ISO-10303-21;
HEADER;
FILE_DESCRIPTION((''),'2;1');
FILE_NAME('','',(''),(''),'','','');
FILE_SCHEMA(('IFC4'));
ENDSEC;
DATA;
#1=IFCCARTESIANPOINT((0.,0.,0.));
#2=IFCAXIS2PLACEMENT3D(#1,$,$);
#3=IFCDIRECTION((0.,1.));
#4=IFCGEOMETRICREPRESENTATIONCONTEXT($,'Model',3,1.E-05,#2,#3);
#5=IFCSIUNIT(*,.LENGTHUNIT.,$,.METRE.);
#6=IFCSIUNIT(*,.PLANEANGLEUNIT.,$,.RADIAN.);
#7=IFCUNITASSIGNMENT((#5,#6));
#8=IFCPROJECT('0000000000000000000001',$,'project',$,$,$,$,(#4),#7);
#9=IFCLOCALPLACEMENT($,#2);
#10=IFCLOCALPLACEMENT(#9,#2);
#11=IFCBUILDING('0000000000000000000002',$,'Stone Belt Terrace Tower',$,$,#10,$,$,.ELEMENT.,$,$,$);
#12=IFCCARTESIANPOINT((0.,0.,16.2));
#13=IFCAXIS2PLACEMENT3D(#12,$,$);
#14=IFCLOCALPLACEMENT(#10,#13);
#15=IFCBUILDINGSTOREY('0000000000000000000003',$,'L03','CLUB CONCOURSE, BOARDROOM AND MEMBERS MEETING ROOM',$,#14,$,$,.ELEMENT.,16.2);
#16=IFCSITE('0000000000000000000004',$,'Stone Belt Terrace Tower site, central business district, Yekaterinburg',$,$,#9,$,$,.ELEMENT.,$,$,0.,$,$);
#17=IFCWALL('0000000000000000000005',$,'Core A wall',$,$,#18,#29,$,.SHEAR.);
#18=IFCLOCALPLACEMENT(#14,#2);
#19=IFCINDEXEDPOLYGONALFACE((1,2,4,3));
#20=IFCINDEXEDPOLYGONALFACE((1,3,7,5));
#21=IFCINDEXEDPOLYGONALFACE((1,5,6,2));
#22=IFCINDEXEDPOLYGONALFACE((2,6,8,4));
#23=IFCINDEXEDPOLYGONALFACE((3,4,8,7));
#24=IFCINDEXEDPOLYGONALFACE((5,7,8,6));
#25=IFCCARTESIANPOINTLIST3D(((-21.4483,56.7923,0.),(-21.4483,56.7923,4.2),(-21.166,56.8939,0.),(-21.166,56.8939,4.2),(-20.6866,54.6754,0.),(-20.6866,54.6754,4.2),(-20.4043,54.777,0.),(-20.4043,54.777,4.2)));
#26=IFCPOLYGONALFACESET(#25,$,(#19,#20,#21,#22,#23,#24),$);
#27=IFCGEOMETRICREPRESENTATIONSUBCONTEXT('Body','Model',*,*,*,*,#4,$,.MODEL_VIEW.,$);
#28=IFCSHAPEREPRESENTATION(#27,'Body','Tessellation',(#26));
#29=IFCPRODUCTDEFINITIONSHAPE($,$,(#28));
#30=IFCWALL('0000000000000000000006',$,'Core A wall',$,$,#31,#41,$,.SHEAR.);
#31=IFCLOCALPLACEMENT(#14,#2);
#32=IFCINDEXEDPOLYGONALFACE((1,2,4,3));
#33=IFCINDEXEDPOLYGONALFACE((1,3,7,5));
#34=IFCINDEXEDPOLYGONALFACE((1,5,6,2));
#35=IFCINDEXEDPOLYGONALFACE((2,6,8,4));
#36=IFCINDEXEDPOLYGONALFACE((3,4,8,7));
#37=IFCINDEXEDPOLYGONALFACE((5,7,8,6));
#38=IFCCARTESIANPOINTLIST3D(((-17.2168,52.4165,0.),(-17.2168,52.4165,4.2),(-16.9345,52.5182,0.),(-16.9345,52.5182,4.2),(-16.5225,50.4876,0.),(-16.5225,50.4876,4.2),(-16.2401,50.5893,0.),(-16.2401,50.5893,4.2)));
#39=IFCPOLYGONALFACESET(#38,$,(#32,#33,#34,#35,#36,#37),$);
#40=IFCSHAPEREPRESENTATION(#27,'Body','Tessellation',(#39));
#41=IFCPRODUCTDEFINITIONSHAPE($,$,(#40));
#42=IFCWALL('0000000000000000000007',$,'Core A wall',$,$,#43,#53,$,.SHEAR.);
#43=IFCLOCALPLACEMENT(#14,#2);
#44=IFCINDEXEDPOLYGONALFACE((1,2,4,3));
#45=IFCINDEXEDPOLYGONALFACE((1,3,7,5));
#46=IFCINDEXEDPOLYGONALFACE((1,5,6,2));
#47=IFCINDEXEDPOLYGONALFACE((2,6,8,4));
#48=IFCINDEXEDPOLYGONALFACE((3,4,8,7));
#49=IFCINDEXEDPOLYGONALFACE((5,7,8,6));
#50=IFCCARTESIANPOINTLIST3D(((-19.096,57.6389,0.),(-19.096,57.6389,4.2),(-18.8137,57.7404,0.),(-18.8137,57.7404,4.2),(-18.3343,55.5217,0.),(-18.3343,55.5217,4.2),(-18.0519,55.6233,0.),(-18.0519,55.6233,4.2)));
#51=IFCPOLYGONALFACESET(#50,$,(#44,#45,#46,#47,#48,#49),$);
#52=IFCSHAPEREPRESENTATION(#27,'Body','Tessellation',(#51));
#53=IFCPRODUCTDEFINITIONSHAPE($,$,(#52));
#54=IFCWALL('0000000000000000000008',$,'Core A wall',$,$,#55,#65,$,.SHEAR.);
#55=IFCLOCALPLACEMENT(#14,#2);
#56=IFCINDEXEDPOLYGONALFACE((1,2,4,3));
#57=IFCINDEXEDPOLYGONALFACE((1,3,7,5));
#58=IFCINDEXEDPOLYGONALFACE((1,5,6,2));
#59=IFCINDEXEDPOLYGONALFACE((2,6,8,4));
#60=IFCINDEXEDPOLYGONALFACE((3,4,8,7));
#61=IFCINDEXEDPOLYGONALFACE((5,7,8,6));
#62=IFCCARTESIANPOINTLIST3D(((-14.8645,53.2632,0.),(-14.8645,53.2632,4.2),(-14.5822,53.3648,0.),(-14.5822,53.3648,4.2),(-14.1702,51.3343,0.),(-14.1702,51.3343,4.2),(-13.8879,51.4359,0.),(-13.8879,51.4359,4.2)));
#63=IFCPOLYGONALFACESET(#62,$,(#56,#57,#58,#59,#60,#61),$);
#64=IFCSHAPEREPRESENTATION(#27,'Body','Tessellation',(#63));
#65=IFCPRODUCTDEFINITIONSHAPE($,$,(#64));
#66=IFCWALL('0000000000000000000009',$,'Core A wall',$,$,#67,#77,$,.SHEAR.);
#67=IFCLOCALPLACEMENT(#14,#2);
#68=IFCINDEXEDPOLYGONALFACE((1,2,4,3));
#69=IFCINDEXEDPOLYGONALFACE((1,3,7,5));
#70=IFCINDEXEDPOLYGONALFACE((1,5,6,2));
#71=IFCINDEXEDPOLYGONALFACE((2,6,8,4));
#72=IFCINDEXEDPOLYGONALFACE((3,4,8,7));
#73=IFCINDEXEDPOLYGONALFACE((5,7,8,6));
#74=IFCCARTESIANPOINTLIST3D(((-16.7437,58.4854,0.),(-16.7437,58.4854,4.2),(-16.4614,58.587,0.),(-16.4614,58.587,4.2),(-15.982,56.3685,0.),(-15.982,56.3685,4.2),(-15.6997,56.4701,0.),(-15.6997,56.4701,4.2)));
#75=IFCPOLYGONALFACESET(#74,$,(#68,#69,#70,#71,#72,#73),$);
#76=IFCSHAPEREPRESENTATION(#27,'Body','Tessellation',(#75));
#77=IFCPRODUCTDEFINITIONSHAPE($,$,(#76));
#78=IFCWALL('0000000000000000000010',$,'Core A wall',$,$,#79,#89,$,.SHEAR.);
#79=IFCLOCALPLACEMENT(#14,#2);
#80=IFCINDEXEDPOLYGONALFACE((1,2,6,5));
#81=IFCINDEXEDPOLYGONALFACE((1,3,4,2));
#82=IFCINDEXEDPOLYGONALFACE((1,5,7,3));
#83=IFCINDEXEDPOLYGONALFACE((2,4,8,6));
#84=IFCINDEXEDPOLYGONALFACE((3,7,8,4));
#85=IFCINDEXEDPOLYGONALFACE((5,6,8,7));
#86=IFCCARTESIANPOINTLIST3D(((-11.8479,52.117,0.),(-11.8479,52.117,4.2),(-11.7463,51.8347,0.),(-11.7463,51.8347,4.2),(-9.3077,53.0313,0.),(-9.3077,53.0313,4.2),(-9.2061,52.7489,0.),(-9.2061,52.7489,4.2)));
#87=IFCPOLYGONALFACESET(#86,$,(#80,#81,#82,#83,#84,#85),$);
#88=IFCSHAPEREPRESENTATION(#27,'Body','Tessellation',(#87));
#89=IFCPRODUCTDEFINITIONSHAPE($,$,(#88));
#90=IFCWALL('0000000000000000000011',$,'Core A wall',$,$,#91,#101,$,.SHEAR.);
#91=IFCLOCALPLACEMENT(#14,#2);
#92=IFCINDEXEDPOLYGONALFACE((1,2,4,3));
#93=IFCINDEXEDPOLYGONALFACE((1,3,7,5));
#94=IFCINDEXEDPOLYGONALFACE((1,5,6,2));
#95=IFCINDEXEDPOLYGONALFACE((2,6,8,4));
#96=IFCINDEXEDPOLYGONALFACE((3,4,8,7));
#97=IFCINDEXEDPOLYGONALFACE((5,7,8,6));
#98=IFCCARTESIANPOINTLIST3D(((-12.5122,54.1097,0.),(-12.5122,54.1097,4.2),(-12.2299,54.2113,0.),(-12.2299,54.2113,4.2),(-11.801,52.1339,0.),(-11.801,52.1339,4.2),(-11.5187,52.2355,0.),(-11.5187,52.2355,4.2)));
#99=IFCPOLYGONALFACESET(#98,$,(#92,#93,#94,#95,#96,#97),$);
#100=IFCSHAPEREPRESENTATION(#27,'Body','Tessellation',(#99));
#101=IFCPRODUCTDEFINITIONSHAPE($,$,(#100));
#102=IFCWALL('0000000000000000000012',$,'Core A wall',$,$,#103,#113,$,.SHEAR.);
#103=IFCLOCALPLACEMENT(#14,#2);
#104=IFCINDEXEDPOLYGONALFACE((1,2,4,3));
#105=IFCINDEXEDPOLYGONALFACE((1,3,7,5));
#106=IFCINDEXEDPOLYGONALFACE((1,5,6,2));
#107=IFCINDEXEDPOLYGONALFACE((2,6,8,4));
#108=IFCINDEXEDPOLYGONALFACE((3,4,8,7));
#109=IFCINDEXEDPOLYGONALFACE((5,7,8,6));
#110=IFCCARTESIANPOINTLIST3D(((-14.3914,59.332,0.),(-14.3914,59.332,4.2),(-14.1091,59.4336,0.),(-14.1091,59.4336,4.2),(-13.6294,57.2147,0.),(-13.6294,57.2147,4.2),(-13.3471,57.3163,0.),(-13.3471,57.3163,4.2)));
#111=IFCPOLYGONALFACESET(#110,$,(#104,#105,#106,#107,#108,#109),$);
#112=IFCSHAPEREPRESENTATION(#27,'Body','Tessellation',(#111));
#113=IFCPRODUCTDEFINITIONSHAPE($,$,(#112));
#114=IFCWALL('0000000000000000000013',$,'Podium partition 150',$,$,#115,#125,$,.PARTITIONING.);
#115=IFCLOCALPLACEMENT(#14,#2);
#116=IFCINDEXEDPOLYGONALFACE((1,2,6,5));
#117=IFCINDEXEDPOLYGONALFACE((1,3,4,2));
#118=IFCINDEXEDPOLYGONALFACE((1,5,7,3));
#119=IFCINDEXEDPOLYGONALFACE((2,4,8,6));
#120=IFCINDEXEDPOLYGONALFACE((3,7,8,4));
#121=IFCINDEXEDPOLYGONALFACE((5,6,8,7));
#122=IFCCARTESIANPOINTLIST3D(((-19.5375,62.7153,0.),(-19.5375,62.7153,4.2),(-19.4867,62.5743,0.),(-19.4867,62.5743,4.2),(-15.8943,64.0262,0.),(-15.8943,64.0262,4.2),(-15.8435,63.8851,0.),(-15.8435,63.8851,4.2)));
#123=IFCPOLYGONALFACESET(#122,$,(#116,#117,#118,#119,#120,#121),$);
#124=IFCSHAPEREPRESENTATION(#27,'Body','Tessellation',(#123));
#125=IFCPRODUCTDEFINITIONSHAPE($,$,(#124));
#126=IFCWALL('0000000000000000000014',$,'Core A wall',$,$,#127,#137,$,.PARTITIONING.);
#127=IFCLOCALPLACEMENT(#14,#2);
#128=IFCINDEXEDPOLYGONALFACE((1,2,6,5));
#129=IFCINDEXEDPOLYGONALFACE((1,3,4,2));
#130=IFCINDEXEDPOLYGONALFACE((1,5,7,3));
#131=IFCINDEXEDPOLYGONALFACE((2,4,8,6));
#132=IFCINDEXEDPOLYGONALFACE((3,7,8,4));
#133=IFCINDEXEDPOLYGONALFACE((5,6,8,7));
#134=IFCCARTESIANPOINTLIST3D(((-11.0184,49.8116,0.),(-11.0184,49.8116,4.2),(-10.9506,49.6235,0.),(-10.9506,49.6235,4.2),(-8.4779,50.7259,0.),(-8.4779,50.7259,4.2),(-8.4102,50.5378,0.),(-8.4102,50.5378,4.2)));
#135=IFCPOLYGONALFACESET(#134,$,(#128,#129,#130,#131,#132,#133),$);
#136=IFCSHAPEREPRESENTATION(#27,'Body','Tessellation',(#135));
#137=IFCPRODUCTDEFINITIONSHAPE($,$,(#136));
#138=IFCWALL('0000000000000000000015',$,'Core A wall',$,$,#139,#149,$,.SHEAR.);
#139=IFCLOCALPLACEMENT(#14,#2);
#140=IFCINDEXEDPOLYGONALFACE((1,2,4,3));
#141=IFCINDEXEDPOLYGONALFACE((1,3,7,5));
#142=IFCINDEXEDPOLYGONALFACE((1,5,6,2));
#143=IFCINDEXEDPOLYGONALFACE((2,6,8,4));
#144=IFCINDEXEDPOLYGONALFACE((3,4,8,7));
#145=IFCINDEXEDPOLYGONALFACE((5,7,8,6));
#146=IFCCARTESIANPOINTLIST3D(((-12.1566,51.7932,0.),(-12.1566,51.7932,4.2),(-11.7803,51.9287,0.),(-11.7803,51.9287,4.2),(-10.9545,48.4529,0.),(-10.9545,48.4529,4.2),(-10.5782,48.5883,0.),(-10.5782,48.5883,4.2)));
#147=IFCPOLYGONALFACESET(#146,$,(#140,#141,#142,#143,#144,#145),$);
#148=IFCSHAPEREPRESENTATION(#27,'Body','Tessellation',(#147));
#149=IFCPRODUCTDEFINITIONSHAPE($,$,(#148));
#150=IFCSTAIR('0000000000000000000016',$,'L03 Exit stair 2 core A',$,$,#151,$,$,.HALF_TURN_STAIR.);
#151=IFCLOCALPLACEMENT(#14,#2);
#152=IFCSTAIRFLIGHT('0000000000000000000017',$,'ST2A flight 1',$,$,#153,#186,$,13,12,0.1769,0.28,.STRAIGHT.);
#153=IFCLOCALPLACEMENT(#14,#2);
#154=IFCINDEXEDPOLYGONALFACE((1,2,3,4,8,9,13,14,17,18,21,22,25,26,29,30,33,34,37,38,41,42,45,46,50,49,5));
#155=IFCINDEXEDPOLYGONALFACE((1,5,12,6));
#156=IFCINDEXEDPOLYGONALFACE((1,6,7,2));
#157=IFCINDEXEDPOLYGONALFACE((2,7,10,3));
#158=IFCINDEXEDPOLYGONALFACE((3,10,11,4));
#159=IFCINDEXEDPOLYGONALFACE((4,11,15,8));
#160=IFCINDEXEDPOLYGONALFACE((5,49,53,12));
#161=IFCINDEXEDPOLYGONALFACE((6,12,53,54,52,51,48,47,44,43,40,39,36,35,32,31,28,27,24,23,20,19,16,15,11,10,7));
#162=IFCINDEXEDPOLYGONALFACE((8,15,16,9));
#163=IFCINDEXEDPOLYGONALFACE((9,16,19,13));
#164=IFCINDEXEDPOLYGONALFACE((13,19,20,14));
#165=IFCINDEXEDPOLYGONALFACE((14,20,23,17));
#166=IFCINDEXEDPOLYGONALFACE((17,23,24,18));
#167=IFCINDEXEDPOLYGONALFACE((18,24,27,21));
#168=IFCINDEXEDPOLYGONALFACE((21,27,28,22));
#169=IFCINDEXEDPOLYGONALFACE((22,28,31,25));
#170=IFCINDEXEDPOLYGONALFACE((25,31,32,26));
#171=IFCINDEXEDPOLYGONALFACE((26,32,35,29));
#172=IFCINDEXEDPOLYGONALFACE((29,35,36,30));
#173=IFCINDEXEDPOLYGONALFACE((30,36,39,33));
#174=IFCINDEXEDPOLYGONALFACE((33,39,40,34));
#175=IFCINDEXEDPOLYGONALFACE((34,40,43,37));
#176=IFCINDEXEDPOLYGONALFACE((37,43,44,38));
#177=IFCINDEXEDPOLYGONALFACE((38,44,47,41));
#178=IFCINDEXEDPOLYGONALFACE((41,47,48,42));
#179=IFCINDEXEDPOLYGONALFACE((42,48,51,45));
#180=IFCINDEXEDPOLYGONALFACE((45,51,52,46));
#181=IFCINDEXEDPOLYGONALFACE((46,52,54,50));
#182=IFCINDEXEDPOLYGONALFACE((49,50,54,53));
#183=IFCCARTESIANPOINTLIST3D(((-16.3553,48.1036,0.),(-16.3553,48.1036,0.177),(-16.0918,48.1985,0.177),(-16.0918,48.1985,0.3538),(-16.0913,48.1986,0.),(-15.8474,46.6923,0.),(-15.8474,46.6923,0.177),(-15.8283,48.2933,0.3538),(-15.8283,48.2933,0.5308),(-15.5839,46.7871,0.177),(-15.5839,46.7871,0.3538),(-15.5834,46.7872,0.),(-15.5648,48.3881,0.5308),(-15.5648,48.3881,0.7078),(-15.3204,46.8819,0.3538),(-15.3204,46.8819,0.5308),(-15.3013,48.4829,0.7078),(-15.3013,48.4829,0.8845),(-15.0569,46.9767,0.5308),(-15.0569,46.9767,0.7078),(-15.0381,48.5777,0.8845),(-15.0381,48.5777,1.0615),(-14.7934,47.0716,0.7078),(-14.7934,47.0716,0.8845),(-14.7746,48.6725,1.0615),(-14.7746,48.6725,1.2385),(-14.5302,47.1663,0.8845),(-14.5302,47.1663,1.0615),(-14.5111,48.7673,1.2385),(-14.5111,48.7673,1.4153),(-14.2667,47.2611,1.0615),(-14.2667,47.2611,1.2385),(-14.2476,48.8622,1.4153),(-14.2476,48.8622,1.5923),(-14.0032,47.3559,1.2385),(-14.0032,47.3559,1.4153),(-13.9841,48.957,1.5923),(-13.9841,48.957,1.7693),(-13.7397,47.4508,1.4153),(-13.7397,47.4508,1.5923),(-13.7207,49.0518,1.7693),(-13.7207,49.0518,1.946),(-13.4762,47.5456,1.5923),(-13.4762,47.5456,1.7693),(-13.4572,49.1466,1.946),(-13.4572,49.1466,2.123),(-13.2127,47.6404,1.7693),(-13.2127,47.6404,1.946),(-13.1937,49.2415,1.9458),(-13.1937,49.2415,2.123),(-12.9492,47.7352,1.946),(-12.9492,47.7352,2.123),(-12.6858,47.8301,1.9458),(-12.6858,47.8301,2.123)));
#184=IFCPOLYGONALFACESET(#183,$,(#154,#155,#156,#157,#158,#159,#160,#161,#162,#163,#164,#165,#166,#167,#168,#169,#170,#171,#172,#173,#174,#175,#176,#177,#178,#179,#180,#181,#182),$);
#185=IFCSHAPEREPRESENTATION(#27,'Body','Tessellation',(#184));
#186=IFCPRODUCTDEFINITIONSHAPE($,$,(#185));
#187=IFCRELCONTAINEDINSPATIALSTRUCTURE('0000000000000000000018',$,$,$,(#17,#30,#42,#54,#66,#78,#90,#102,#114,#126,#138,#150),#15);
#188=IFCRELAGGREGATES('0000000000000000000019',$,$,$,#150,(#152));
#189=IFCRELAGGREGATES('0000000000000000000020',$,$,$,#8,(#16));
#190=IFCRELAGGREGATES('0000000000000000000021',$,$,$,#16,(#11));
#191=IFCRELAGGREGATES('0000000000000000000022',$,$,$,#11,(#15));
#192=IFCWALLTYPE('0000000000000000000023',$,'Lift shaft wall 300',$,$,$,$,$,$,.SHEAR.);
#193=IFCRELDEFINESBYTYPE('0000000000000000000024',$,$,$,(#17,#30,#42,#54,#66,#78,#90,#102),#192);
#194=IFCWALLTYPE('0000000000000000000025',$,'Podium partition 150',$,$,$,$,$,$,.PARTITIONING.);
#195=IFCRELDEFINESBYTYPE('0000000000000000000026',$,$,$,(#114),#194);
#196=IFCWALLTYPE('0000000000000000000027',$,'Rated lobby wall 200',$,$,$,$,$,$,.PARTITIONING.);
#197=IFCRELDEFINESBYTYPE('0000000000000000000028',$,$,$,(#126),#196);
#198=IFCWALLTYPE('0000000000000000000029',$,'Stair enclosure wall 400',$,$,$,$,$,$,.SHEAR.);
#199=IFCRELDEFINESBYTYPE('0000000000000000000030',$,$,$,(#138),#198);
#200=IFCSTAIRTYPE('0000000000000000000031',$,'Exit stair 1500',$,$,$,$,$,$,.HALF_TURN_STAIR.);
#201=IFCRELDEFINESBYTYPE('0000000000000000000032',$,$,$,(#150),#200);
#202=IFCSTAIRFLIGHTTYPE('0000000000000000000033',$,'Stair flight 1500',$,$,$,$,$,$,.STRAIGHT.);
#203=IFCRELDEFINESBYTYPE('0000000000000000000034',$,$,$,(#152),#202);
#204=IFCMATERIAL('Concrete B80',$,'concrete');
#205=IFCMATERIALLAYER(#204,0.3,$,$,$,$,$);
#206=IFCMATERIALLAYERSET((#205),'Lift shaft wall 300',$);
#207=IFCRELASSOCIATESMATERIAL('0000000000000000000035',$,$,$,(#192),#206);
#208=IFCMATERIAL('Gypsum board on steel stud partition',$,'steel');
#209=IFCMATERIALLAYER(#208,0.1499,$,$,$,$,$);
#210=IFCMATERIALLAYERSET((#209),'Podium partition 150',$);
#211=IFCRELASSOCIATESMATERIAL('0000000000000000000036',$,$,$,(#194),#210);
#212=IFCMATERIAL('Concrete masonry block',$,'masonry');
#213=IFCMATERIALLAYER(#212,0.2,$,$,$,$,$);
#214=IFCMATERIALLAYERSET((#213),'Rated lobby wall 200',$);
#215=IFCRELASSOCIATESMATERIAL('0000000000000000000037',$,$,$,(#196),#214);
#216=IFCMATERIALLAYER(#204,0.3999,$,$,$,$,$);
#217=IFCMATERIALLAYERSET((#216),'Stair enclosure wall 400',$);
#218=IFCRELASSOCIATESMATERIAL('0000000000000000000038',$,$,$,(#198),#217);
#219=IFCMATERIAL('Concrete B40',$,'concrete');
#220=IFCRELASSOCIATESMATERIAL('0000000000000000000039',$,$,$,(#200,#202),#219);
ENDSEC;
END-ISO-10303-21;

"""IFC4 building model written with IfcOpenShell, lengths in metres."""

from ifc_helpers import new_model, si_unit, direction, frame, frame_2d, origin, place, context, subcontext, project, spatial, polyline, rectangle, outline, extrude, material, layer, layer_set, type_object, element, aggregate, save


model = new_model("IFC4")

# Units and contexts
model_context = context("Model", 3, precision=1e-05, world=origin(), true_north=direction((0.0, 1.0)))
body_context = subcontext(model_context, "Body", "Model", "MODEL_VIEW")
ifc_project = project(units=[si_unit("LENGTHUNIT", "METRE"), si_unit("PLANEANGLEUNIT", "RADIAN")], contexts=[model_context])

# Site, building, storey
site_placement = place(None, origin())
site = spatial("IfcSite", under=ifc_project, at=site_placement, Name="Stone Belt Terrace Tower site, central business district, Yekaterinburg", CompositionType="ELEMENT", RefElevation=0.0)
building_placement = place(site_placement, origin())
building = spatial("IfcBuilding", under=site, at=building_placement, Name="Stone Belt Terrace Tower", CompositionType="ELEMENT")
storey_placement = place(building_placement, frame((0.0, 0.0, 16.2)))
storey = spatial("IfcBuildingStorey", under=building, at=storey_placement, Name="L03", Description="CLUB CONCOURSE, BOARDROOM AND MEMBERS MEETING ROOM", CompositionType="ELEMENT", Elevation=16.2)

# Shared definitions
ifc_material_1 = material(Name="Concrete B80", Category="concrete")

# Walls
ifc_layer_1 = layer(ifc_material_1, 0.3)
ifc_layer_set_1 = layer_set([ifc_layer_1], Name="Lift shaft wall 300")
wall_type_1 = type_object("IfcWallType", Name="Lift shaft wall 300", PredefinedType="SHEAR", material=ifc_layer_set_1)
wall_1_placement = place(storey_placement, frame((-20.5454, 54.7261, 0.0), z_axis=(0.0, 0.0, 1.0), x_axis=(-0.33857, 0.940941, 0.0)))
element("IfcWall", 1, at=wall_1_placement, inside=storey, type_object=wall_type_1, Name="Core A wall", PredefinedType="SHEAR", context=body_context, shape_type="SweptSolid", body=[
    extrude(rectangle(XDim=2.2498, YDim=0.3, at=frame_2d((1.125, 0.0))), origin(), (0.0, 0.0, 1.0), 4.2),
])
wall_2_placement = place(storey_placement, frame((-16.3813, 50.5386, 0.0), z_axis=(0.0, 0.0, 1.0), x_axis=(-0.338682, 0.940901, 0.0)))
element("IfcWall", 2, at=wall_2_placement, inside=storey, type_object=wall_type_1, Name="Core A wall", PredefinedType="SHEAR", context=body_context, shape_type="SweptSolid", body=[
    extrude(rectangle(XDim=2.05, YDim=0.3, at=frame_2d((1.0249, 0.0))), origin(), (0.0, 0.0, 1.0), 4.2),
])
wall_3_placement = place(storey_placement, frame((-18.1931, 55.5725, 0.0), z_axis=(0.0, 0.0, 1.0), x_axis=(-0.338535, 0.940954, 0.0)))
element("IfcWall", 3, at=wall_3_placement, inside=storey, type_object=wall_type_1, Name="Core A wall", PredefinedType="SHEAR", context=body_context, shape_type="SweptSolid", body=[
    extrude(rectangle(XDim=2.25, YDim=0.3, at=frame_2d((1.125, 0.0))), origin(), (0.0, 0.0, 1.0), 4.2),
])
wall_4_placement = place(storey_placement, frame((-14.0291, 51.3853, 0.0), z_axis=(0.0, 0.0, 1.0), x_axis=(-0.338682, 0.940901, 0.0)))
element("IfcWall", 4, at=wall_4_placement, inside=storey, type_object=wall_type_1, Name="Core A wall", PredefinedType="SHEAR", context=body_context, shape_type="SweptSolid", body=[
    extrude(rectangle(XDim=2.05, YDim=0.3, at=frame_2d((1.0249, 0.0))), origin(), (0.0, 0.0, 1.0), 4.2),
])
wall_5_placement = place(storey_placement, frame((-15.8408, 56.4192, 0.0), z_axis=(0.0, 0.0, 1.0), x_axis=(-0.33857, 0.940941, 0.0)))
element("IfcWall", 5, at=wall_5_placement, inside=storey, type_object=wall_type_1, Name="Core A wall", PredefinedType="SHEAR", context=body_context, shape_type="SweptSolid", body=[
    extrude(rectangle(XDim=2.2498, YDim=0.3, at=frame_2d((1.125, 0.0))), origin(), (0.0, 0.0, 1.0), 4.2),
])
wall_6_placement = place(storey_placement, frame((-11.7971, 51.9758, 0.0), z_axis=(0.0, 0.0, 1.0), x_axis=(0.94091, 0.338655, 0.0)))
element("IfcWall", 6, at=wall_6_placement, inside=storey, type_object=wall_type_1, Name="Core A wall", PredefinedType="SHEAR", context=body_context, shape_type="SweptSolid", body=[
    extrude(rectangle(XDim=2.6997, YDim=0.3, at=frame_2d((1.3499, 0.0))), origin(), (0.0, 0.0, 1.0), 4.2),
])
wall_7_placement = place(storey_placement, frame((-11.6599, 52.1848, 0.0), z_axis=(0.0, 0.0, 1.0), x_axis=(-0.33867, 0.940905, 0.0)))
element("IfcWall", 7, at=wall_7_placement, inside=storey, type_object=wall_type_1, Name="Core A wall", PredefinedType="SHEAR", context=body_context, shape_type="SweptSolid", body=[
    extrude(rectangle(XDim=2.0999, YDim=0.3, at=frame_2d((1.0498, 0.0))), origin(), (0.0, 0.0, 1.0), 4.2),
])
wall_8_placement = place(storey_placement, frame((-13.4883, 57.2656, 0.0), z_axis=(0.0, 0.0, 1.0), x_axis=(-0.338631, 0.940919, 0.0)))
element("IfcWall", 8, at=wall_8_placement, inside=storey, type_object=wall_type_1, Name="Core A wall", PredefinedType="SHEAR", context=body_context, shape_type="SweptSolid", body=[
    extrude(rectangle(XDim=2.2502, YDim=0.3, at=frame_2d((1.125, 0.0))), origin(), (0.0, 0.0, 1.0), 4.2),
])
ifc_material_2 = material(Name="Gypsum board on steel stud partition", Category="steel")
ifc_layer_2 = layer(ifc_material_2, 0.1499)
ifc_layer_set_2 = layer_set([ifc_layer_2], Name="Podium partition 150")
wall_type_2 = type_object("IfcWallType", Name="Podium partition 150", PredefinedType="PARTITIONING", material=ifc_layer_set_2)
wall_9_placement = place(storey_placement, frame((-19.5122, 62.6448, 0.0), z_axis=(0.0, 0.0, 1.0), x_axis=(0.940946, 0.338556, 0.0)))
element("IfcWall", 9, at=wall_9_placement, inside=storey, type_object=wall_type_2, Name="Podium partition 150", PredefinedType="PARTITIONING", context=body_context, shape_type="SweptSolid", body=[
    extrude(rectangle(XDim=3.8718, YDim=0.1499, at=frame_2d((1.936, 0.0))), origin(), (0.0, 0.0, 1.0), 4.2),
])
ifc_material_3 = material(Name="Concrete masonry block", Category="masonry")
ifc_layer_3 = layer(ifc_material_3, 0.2)
ifc_layer_set_3 = layer_set([ifc_layer_3], Name="Rated lobby wall 200")
wall_type_3 = type_object("IfcWallType", Name="Rated lobby wall 200", PredefinedType="PARTITIONING", material=ifc_layer_set_3)
wall_10_placement = place(storey_placement, frame((-10.9846, 49.7175, 0.0), z_axis=(0.0, 0.0, 1.0), x_axis=(0.940921, 0.338627, 0.0)))
element("IfcWall", 10, at=wall_10_placement, inside=storey, type_object=wall_type_3, Name="Core A wall", PredefinedType="PARTITIONING", context=body_context, shape_type="SweptSolid", body=[
    extrude(rectangle(XDim=2.7, YDim=0.2, at=frame_2d((1.3501, 0.0))), origin(), (0.0, 0.0, 1.0), 4.2),
])
ifc_layer_4 = layer(ifc_material_1, 0.3999)
ifc_layer_set_4 = layer_set([ifc_layer_4], Name="Stair enclosure wall 400")
wall_type_4 = type_object("IfcWallType", Name="Stair enclosure wall 400", PredefinedType="SHEAR", material=ifc_layer_set_4)
wall_11_placement = place(storey_placement, frame((-10.7664, 48.5208, 0.0), z_axis=(0.0, 0.0, 1.0), x_axis=(-0.338627, 0.940921, 0.0)))
element("IfcWall", 11, at=wall_11_placement, inside=storey, type_object=wall_type_4, Name="Core A wall", PredefinedType="SHEAR", context=body_context, shape_type="SweptSolid", body=[
    extrude(rectangle(XDim=3.55, YDim=0.3999, at=frame_2d((1.7749, 0.0))), origin(), (0.0, 0.0, 1.0), 4.2),
])

# Stair, stair flight
ifc_material_4 = material(Name="Concrete B40", Category="concrete")
stair_type = type_object("IfcStairType", Name="Exit stair 1500", PredefinedType="HALF_TURN_STAIR", material=ifc_material_4)
stair_placement = place(storey_placement, origin())
stair = element("IfcStair", 12, at=stair_placement, inside=storey, type_object=stair_type, Name="L03 Exit stair 2 core A", PredefinedType="HALF_TURN_STAIR")
stair_flight_type = type_object("IfcStairFlightType", Name="Stair flight 1500", PredefinedType="STRAIGHT", material=ifc_material_4)
stair_flight_1_placement = place(storey_placement, frame((-16.1013, 47.3979, 0.0), z_axis=(0.0, 0.0, 1.0), x_axis=(0.940922, 0.338624, 0.0)))
stair_flight_1 = element("IfcStairFlight", 13, at=stair_flight_1_placement, type_object=stair_flight_type, Name="ST2A flight 1", NumberOfRisers=13, NumberOfTreads=12, PredefinedType="STRAIGHT", RiserHeight=0.1769, TreadLength=0.28, context=body_context, shape_type="SweptSolid", body=[
    extrude(outline(polyline([(0.0, 0.0), (0.0, 0.177), (0.28, 0.177), (0.28, 0.3538), (0.5601, 0.3538), (0.5601, 0.5308), (0.8401, 0.5308), (0.8401, 0.7078), (1.1201, 0.7078), (1.1201, 0.8845), (1.3999, 0.8845), (1.3999, 1.0615), (1.6799, 1.0615), (1.6799, 1.2385), (1.96, 1.2385), (1.96, 1.4153), (2.24, 1.4153), (2.24, 1.5923), (2.52, 1.5923), (2.52, 1.7693), (2.8, 1.7693), (2.8, 1.946), (3.0801, 1.946), (3.0801, 2.123), (3.3601, 2.123), (3.3601, 2.3), (3.3601, 1.9458), (0.2805, 0.0), (0.0, 0.0)])), frame((0.0, 0.75, 0.0), z_axis=(0.0, -1.0, 0.0), x_axis=(1.0, 0.0, 0.0)), (0.0, 0.0, 1.0), 1.5),
])
aggregate(stair, [stair_flight_1])

save(model, "model.ifc")
